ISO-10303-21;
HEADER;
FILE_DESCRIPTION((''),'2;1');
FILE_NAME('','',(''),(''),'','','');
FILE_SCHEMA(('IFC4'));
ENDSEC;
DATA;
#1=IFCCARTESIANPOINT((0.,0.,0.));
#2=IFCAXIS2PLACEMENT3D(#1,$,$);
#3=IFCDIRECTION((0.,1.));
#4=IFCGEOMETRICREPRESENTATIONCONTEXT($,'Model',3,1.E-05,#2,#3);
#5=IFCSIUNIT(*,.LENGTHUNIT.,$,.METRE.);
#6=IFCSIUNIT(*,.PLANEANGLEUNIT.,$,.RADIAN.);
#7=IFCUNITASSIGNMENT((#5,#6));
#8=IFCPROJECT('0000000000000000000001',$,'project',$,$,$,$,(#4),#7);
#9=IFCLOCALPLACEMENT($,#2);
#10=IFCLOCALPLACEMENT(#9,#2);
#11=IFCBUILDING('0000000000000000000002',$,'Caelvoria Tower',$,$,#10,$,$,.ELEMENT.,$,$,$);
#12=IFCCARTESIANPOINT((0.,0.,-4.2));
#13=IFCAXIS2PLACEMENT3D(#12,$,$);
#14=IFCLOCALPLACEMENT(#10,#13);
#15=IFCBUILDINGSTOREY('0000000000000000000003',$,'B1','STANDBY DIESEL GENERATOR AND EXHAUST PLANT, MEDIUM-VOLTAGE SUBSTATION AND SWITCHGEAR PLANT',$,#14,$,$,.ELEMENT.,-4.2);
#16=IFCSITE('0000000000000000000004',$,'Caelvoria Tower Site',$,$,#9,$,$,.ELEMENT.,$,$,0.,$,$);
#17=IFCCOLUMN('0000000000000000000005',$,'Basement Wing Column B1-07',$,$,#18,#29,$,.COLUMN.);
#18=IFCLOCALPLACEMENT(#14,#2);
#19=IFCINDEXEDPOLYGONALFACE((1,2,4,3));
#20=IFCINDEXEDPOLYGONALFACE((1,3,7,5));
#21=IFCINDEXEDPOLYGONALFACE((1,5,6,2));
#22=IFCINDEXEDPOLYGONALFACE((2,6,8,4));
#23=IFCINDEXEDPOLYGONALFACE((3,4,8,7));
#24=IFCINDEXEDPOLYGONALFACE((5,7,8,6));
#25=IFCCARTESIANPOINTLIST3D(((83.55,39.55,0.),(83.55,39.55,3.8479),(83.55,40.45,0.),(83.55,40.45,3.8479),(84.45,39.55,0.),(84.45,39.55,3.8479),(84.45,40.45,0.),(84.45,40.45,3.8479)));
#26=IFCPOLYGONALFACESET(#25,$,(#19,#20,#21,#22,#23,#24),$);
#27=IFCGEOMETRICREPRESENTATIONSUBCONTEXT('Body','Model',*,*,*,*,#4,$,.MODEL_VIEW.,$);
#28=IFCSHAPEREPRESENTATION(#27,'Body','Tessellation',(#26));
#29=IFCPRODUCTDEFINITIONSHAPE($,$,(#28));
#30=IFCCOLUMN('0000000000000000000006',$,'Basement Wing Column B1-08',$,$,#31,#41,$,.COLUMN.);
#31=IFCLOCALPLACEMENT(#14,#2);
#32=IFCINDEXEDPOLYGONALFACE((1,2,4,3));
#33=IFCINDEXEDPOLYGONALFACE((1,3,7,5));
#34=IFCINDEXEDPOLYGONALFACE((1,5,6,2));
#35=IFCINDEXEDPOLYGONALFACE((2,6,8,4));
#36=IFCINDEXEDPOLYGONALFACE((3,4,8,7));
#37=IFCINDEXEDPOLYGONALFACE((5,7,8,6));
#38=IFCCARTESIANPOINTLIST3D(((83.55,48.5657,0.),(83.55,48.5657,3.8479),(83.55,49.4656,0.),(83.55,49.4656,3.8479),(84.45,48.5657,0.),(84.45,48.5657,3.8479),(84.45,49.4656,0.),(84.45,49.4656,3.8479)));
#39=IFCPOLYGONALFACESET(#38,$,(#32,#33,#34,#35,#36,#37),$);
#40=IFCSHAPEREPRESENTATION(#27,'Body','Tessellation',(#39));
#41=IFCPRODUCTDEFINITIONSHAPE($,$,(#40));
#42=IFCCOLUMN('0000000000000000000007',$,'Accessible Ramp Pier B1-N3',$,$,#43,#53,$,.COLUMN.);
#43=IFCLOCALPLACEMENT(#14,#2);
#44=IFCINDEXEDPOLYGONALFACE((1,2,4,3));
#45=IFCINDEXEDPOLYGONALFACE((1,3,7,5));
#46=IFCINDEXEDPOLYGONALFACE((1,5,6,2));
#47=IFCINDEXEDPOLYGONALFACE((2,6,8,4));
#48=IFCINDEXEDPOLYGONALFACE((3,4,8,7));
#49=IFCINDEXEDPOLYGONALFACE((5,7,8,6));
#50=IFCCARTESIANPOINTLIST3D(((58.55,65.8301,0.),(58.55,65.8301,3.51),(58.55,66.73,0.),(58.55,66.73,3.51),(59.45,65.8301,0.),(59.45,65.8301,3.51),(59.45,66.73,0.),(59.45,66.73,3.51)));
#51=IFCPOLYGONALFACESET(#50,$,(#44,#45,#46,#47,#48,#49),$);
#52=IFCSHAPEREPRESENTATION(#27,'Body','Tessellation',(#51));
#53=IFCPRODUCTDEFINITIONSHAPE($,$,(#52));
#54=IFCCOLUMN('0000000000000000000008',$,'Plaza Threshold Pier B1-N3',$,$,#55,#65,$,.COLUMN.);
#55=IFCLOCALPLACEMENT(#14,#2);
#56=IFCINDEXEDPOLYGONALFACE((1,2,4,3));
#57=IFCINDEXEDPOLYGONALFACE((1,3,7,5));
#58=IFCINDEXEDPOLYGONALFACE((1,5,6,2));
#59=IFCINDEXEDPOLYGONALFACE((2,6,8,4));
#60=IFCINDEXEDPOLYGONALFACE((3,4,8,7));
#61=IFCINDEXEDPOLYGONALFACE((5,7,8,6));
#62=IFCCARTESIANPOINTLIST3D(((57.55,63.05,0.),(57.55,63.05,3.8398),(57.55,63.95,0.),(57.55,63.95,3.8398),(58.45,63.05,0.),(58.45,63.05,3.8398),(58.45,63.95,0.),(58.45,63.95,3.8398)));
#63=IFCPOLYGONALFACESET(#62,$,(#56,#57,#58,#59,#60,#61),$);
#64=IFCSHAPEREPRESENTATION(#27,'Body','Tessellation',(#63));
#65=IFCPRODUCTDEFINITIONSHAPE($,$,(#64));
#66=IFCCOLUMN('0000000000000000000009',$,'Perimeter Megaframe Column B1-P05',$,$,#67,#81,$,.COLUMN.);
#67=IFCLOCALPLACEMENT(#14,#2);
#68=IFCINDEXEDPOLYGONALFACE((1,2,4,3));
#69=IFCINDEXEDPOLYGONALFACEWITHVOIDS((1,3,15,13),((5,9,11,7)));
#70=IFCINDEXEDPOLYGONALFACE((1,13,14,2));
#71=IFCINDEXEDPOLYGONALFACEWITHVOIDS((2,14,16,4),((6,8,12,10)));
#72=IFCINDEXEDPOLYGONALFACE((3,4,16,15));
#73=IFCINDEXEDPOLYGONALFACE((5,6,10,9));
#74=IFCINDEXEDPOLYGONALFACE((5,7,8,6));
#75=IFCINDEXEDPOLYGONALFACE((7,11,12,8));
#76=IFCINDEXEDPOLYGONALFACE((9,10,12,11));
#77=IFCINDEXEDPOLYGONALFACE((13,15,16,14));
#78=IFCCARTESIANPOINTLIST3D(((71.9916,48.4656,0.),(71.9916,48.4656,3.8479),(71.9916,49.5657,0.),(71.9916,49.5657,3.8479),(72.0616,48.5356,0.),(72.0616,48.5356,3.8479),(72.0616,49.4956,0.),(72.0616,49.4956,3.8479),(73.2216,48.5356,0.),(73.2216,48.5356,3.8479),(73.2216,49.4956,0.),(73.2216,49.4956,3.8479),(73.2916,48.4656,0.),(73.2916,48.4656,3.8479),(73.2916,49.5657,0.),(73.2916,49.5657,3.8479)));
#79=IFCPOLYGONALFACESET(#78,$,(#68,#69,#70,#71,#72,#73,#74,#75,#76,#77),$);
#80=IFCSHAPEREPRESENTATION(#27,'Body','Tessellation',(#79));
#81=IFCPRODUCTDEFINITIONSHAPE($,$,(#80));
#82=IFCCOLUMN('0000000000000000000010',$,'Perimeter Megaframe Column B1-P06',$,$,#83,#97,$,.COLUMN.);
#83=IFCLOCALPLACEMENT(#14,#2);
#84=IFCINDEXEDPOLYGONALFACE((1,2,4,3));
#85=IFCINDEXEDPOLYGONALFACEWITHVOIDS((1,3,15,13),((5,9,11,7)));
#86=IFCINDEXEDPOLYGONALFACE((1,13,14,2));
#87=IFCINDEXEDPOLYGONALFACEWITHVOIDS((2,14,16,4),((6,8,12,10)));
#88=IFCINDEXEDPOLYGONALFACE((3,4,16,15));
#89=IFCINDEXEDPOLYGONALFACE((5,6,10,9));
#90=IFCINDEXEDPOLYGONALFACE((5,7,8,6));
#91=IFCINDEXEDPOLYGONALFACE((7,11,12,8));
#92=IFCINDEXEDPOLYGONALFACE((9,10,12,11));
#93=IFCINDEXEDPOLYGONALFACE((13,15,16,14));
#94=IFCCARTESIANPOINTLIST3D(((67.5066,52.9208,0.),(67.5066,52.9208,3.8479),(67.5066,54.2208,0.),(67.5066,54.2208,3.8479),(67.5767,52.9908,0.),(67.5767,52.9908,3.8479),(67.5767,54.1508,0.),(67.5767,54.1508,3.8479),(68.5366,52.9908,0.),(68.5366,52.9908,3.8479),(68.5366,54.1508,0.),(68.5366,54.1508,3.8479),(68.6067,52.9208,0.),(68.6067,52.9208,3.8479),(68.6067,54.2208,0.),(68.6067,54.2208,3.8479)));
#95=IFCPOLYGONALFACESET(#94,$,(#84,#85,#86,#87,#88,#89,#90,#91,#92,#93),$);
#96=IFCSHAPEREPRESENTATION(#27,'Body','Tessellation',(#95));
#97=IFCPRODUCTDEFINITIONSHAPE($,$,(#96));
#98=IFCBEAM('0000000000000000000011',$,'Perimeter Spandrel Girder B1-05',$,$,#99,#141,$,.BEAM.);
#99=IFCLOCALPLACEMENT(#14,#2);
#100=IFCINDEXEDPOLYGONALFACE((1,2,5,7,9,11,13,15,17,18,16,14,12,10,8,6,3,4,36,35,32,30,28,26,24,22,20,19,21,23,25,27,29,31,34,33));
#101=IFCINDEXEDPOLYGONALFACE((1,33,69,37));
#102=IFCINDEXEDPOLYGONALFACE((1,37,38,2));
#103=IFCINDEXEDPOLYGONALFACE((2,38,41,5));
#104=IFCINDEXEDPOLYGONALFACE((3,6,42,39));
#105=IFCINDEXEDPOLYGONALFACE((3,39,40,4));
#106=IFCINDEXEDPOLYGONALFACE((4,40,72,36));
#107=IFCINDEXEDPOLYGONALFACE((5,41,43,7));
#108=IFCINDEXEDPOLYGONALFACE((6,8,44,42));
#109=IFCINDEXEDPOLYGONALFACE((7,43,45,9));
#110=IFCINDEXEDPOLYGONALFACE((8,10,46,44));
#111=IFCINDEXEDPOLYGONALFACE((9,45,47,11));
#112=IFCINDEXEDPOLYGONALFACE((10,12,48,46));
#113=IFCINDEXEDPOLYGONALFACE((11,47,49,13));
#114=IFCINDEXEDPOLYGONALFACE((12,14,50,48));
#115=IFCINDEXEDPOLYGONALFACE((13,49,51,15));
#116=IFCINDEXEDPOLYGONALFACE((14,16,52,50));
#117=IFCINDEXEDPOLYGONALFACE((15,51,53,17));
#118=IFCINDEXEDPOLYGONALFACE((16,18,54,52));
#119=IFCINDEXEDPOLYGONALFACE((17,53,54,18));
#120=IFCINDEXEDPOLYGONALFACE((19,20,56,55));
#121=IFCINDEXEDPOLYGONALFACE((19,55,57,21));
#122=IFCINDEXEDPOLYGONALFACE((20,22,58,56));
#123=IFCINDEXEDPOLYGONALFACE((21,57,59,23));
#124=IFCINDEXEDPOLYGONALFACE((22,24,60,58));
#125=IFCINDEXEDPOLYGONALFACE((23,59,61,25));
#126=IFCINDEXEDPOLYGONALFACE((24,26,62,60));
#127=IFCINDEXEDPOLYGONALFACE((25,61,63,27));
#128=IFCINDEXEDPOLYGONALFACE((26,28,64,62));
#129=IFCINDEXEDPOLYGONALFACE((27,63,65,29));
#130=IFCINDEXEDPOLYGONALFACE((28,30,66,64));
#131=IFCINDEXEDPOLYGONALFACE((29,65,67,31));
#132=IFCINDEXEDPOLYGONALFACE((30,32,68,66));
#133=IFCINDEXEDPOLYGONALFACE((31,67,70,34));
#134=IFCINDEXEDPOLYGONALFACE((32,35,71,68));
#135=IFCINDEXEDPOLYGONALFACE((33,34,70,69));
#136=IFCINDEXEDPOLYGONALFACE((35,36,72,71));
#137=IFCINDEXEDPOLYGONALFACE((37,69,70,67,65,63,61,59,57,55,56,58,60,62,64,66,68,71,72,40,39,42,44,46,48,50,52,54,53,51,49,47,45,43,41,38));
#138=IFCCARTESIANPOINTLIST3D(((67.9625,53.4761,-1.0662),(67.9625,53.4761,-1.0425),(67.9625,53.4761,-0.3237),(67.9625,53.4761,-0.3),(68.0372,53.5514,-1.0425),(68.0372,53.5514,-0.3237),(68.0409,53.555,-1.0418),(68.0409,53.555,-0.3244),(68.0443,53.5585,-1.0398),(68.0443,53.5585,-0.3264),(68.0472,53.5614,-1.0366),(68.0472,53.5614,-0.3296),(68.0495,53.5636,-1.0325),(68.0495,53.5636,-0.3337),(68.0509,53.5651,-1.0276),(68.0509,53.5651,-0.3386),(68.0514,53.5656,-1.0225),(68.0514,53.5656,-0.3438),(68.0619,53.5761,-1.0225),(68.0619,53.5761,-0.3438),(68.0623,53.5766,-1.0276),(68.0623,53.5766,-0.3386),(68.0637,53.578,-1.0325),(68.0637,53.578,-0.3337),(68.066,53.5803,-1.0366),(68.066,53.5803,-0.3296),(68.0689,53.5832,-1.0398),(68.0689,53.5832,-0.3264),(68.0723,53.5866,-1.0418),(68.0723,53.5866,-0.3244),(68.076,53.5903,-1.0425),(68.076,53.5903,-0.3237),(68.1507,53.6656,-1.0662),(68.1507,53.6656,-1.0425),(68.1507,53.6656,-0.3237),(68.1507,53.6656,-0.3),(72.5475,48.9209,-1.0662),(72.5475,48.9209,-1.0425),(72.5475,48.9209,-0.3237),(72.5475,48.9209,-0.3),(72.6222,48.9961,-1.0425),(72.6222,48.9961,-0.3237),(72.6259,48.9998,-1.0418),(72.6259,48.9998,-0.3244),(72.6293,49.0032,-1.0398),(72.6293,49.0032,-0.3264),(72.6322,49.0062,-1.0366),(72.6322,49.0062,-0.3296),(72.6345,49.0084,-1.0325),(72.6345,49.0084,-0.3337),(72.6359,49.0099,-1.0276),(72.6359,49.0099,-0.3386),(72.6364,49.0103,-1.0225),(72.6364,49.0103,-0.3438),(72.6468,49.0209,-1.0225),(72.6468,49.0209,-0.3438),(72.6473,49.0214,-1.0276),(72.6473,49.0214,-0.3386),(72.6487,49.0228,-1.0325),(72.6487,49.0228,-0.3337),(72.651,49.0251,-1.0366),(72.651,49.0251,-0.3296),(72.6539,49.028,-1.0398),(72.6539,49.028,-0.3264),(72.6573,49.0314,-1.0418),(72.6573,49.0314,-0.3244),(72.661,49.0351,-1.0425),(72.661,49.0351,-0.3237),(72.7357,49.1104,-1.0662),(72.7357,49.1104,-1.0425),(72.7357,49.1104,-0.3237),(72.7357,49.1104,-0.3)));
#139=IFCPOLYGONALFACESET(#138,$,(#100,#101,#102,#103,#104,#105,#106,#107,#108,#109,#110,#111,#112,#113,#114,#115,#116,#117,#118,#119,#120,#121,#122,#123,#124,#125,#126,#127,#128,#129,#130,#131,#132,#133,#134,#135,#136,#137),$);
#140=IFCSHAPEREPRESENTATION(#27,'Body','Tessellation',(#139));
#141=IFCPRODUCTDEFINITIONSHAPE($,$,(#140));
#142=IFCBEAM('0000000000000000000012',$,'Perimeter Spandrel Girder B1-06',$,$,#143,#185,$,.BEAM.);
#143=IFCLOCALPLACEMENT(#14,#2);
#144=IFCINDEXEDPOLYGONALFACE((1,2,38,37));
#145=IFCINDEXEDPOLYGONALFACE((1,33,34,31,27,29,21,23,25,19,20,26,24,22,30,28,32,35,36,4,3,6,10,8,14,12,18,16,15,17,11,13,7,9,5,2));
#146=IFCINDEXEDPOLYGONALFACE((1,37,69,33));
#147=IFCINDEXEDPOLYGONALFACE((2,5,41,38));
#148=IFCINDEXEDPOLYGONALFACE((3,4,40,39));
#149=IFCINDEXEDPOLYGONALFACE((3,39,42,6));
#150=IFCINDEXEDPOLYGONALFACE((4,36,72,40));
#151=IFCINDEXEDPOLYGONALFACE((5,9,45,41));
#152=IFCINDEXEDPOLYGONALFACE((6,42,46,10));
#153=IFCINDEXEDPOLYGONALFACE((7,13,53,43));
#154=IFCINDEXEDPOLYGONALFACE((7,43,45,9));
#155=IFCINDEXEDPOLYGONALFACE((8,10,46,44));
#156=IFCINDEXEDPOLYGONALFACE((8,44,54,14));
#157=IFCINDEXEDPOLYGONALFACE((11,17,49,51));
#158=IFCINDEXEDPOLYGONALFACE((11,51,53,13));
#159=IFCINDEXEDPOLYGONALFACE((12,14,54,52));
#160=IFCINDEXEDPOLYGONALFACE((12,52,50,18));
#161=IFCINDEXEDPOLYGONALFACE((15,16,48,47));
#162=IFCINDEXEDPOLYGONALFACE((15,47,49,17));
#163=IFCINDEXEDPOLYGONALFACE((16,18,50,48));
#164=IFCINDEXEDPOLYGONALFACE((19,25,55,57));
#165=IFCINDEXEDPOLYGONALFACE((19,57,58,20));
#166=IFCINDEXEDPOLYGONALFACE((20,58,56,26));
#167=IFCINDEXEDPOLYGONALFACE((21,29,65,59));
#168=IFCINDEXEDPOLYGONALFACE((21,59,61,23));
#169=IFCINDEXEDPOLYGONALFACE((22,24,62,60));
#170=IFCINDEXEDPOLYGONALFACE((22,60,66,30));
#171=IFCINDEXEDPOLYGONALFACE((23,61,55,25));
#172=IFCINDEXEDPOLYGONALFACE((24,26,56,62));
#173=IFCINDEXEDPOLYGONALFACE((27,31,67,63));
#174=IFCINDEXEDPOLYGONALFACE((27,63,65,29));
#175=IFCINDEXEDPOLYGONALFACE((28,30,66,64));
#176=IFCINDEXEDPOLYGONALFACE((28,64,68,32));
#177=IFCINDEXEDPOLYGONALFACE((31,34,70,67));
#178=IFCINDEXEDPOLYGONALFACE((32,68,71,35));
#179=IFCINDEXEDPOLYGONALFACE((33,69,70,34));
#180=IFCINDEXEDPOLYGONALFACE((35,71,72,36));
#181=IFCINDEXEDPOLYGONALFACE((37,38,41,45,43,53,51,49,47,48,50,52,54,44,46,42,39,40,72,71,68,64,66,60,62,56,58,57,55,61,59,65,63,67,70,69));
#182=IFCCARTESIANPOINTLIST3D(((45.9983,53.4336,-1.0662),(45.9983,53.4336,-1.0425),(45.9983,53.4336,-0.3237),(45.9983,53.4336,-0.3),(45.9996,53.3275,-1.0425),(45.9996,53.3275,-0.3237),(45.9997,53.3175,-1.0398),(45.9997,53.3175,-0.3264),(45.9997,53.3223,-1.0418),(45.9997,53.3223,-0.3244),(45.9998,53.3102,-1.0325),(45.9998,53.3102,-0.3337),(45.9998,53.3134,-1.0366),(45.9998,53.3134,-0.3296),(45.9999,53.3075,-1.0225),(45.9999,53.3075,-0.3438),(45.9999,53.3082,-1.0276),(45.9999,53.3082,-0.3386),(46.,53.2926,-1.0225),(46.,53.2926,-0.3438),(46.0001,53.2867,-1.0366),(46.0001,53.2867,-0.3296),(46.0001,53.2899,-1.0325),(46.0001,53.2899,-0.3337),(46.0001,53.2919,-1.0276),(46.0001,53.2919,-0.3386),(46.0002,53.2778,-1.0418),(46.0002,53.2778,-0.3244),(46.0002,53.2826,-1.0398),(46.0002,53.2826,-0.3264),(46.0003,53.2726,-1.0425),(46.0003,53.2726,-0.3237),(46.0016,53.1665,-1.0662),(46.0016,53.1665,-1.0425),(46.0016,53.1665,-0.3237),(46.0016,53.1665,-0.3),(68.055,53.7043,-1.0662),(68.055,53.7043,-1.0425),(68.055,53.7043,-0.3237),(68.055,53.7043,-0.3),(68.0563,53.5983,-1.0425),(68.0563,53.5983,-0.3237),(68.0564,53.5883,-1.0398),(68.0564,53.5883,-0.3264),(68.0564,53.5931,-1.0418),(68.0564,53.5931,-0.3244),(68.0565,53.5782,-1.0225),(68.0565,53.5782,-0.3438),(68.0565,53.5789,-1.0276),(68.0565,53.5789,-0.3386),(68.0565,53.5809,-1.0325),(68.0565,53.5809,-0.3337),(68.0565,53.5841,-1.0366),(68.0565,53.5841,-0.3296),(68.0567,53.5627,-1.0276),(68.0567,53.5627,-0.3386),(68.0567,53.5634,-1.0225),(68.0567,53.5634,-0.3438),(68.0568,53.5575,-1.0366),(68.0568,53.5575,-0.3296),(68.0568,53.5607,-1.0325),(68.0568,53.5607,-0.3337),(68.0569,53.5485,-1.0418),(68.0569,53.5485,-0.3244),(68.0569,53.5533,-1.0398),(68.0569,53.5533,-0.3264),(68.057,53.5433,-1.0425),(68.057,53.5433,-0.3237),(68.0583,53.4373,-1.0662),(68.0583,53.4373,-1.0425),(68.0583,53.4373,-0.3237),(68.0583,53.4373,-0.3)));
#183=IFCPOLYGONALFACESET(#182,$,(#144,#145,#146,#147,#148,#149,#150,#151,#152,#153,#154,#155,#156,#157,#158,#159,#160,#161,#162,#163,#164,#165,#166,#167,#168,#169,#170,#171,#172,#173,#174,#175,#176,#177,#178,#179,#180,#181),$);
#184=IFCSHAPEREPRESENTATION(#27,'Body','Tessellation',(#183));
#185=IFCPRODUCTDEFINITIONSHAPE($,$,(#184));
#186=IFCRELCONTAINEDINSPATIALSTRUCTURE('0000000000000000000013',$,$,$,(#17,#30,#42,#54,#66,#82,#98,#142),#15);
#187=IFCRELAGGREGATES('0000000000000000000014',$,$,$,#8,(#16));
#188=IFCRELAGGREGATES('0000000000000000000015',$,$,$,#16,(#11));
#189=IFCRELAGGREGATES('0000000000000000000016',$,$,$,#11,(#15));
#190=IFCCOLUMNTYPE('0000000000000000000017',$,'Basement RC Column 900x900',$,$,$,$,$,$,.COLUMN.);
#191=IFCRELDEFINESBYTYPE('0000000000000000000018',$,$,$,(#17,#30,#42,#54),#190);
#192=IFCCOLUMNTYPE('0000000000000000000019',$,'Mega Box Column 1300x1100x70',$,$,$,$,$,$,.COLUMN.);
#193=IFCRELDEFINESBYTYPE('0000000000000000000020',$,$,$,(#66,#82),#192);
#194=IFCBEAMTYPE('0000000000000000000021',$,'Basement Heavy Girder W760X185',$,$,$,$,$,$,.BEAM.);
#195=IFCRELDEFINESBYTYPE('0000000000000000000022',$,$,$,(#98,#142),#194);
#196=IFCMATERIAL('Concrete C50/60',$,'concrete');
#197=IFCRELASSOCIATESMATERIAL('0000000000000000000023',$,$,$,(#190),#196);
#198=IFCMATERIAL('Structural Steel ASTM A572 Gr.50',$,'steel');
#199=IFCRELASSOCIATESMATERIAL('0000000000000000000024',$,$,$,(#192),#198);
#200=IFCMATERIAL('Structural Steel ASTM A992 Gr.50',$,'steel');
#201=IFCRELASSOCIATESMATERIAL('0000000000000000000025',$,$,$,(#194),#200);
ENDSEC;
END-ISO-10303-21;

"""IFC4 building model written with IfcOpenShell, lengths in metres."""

from ifc_helpers import new_model, si_unit, direction, frame, origin, origin_2d, place, context, subcontext, project, spatial, rectangle, hollow_rectangle, i_section, extrude, material, material_profile, profile_set, type_object, element, save


model = new_model("IFC4")

# Units and contexts
model_context = context("Model", 3, precision=1e-05, world=origin(), true_north=direction((0.0, 1.0)))
body_context = subcontext(model_context, "Body", "Model", "MODEL_VIEW")
ifc_project = project(units=[si_unit("LENGTHUNIT", "METRE"), si_unit("PLANEANGLEUNIT", "RADIAN")], contexts=[model_context])

# Site, building, storey
site_placement = place(None, origin())
site = spatial("IfcSite", under=ifc_project, at=site_placement, Name="Caelvoria Tower Site", CompositionType="ELEMENT", RefElevation=0.0)
building_placement = place(site_placement, origin())
building = spatial("IfcBuilding", under=site, at=building_placement, Name="Caelvoria Tower", CompositionType="ELEMENT")
storey_placement = place(building_placement, frame((0.0, 0.0, -4.2)))
storey = spatial("IfcBuildingStorey", under=building, at=storey_placement, Name="B1", Description="STANDBY DIESEL GENERATOR AND EXHAUST PLANT, MEDIUM-VOLTAGE SUBSTATION AND SWITCHGEAR PLANT", CompositionType="ELEMENT", Elevation=-4.2)

# Columns
ifc_material_1 = material(Name="Concrete C50/60", Category="concrete")
ifc_material_profile_1 = material_profile(ifc_material_1, rectangle(XDim=0.8999, YDim=0.8999, at=origin_2d()), Name="Concrete C50/60")
ifc_profile_set_1 = profile_set([ifc_material_profile_1], Name="RC_COL_900X900 - Concrete C50/60")
column_type_1 = type_object("IfcColumnType", Name="Basement RC Column 900x900", PredefinedType="COLUMN", material=ifc_profile_set_1)
for number, where, z_axis, x_axis, name in (
    (1, (84.0, 40.0, 0.0), (0.0, 0.0, 1.0), (1.0, 0.0, 0.0), "Basement Wing Column B1-07"),
    (2, (84.0, 49.0156, 0.0), (0.0, 0.0, 1.0), (1.0, 0.0, 0.0), "Basement Wing Column B1-08"),
):
    element("IfcColumn", number, at=place(storey_placement, frame(where, z_axis=z_axis, x_axis=x_axis)), inside=storey, type_object=column_type_1, Name=name, PredefinedType="COLUMN", context=body_context, shape_type="SweptSolid", body=[
        extrude(rectangle(XDim=0.8999, YDim=0.8999, at=origin_2d()), origin(), (0.0, 0.0, 1.0), 3.8479),
    ])
column_1_placement = place(storey_placement, frame((59.0, 66.28, 0.0), z_axis=(0.0, 0.0, 1.0), x_axis=(1.0, 0.0, 0.0)))
element("IfcColumn", 3, at=column_1_placement, inside=storey, type_object=column_type_1, Name="Accessible Ramp Pier B1-N3", PredefinedType="COLUMN", context=body_context, shape_type="SweptSolid", body=[
    extrude(rectangle(XDim=0.8999, YDim=0.8999, at=origin_2d()), origin(), (0.0, 0.0, 1.0), 3.51),
])
column_2_placement = place(storey_placement, frame((58.0, 63.5, 0.0), z_axis=(0.0, 0.0, 1.0), x_axis=(1.0, 0.0, 0.0)))
element("IfcColumn", 4, at=column_2_placement, inside=storey, type_object=column_type_1, Name="Plaza Threshold Pier B1-N3", PredefinedType="COLUMN", context=body_context, shape_type="SweptSolid", body=[
    extrude(rectangle(XDim=0.8999, YDim=0.8999, at=origin_2d()), origin(), (0.0, 0.0, 1.0), 3.8398),
])
ifc_material_2 = material(Name="Structural Steel ASTM A572 Gr.50", Category="steel")
ifc_material_profile_2 = material_profile(ifc_material_2, hollow_rectangle(XDim=1.1001, YDim=1.3, WallThickness=0.0701, at=origin_2d()), Name="Structural Steel ASTM A572 Gr.50")
ifc_profile_set_2 = profile_set([ifc_material_profile_2], Name="BOX1300X1100X70 - Structural Steel ASTM A572 Gr.50")
column_type_2 = type_object("IfcColumnType", Name="Mega Box Column 1300x1100x70", PredefinedType="COLUMN", material=ifc_profile_set_2)
for number, where, z_axis, x_axis, name in (
    (5, (72.6416, 49.0156, 0.0), (0.0, 0.0, 1.0), (0.0, 1.0, 0.0), "Perimeter Megaframe Column B1-P05"),
    (6, (68.0566, 53.5708, 0.0), (0.0, 0.0, 1.0), (1.0, 0.0, 0.0), "Perimeter Megaframe Column B1-P06"),
):
    element("IfcColumn", number, at=place(storey_placement, frame(where, z_axis=z_axis, x_axis=x_axis)), inside=storey, type_object=column_type_2, Name=name, PredefinedType="COLUMN", context=body_context, shape_type="SweptSolid", body=[
        extrude(hollow_rectangle(XDim=1.1001, YDim=1.3, WallThickness=0.0701, at=origin_2d()), origin(), (0.0, 0.0, 1.0), 3.8479),
    ])

# Beams
ifc_material_3 = material(Name="Structural Steel ASTM A992 Gr.50", Category="steel")
ifc_material_profile_3 = material_profile(ifc_material_3, i_section(OverallWidth=0.2671, OverallDepth=0.7661, WebThickness=0.0149, FlangeThickness=0.0237, FilletRadius=0.02, at=origin_2d()), Name="Structural Steel ASTM A992 Gr.50")
ifc_profile_set_3 = profile_set([ifc_material_profile_3], Name="W760X185 - Structural Steel ASTM A992 Gr.50")
beam_type_1 = type_object("IfcBeamType", Name="Basement Heavy Girder W760X185", PredefinedType="BEAM", material=ifc_profile_set_3)
beam_1_placement = place(storey_placement, frame((72.6416, 49.0156, -0.6831), z_axis=(-0.709407, 0.704799, 0.0), x_axis=(-0.704799, -0.709407, 0.0)))
element("IfcBeam", 7, at=beam_1_placement, inside=storey, type_object=beam_type_1, Name="Perimeter Spandrel Girder B1-05", PredefinedType="BEAM", context=body_context, shape_type="SweptSolid", body=[
    extrude(i_section(OverallWidth=0.2671, OverallDepth=0.7661, WebThickness=0.0149, FlangeThickness=0.0237, FilletRadius=0.02, at=origin_2d()), origin(), (0.0, 0.0, 1.0), 6.4631),
])
beam_2_placement = place(storey_placement, frame((68.0566, 53.5708, -0.6831), z_axis=(-0.999925, -0.012274, 0.0), x_axis=(0.012274, -0.999925, 0.0)))
element("IfcBeam", 8, at=beam_2_placement, inside=storey, type_object=beam_type_1, Name="Perimeter Spandrel Girder B1-06", PredefinedType="BEAM", context=body_context, shape_type="SweptSolid", body=[
    extrude(i_section(OverallWidth=0.2671, OverallDepth=0.7661, WebThickness=0.0149, FlangeThickness=0.0237, FilletRadius=0.02, at=origin_2d()), origin(), (0.0, 0.0, 1.0), 22.0583),
])

save(model, "model.ifc")
